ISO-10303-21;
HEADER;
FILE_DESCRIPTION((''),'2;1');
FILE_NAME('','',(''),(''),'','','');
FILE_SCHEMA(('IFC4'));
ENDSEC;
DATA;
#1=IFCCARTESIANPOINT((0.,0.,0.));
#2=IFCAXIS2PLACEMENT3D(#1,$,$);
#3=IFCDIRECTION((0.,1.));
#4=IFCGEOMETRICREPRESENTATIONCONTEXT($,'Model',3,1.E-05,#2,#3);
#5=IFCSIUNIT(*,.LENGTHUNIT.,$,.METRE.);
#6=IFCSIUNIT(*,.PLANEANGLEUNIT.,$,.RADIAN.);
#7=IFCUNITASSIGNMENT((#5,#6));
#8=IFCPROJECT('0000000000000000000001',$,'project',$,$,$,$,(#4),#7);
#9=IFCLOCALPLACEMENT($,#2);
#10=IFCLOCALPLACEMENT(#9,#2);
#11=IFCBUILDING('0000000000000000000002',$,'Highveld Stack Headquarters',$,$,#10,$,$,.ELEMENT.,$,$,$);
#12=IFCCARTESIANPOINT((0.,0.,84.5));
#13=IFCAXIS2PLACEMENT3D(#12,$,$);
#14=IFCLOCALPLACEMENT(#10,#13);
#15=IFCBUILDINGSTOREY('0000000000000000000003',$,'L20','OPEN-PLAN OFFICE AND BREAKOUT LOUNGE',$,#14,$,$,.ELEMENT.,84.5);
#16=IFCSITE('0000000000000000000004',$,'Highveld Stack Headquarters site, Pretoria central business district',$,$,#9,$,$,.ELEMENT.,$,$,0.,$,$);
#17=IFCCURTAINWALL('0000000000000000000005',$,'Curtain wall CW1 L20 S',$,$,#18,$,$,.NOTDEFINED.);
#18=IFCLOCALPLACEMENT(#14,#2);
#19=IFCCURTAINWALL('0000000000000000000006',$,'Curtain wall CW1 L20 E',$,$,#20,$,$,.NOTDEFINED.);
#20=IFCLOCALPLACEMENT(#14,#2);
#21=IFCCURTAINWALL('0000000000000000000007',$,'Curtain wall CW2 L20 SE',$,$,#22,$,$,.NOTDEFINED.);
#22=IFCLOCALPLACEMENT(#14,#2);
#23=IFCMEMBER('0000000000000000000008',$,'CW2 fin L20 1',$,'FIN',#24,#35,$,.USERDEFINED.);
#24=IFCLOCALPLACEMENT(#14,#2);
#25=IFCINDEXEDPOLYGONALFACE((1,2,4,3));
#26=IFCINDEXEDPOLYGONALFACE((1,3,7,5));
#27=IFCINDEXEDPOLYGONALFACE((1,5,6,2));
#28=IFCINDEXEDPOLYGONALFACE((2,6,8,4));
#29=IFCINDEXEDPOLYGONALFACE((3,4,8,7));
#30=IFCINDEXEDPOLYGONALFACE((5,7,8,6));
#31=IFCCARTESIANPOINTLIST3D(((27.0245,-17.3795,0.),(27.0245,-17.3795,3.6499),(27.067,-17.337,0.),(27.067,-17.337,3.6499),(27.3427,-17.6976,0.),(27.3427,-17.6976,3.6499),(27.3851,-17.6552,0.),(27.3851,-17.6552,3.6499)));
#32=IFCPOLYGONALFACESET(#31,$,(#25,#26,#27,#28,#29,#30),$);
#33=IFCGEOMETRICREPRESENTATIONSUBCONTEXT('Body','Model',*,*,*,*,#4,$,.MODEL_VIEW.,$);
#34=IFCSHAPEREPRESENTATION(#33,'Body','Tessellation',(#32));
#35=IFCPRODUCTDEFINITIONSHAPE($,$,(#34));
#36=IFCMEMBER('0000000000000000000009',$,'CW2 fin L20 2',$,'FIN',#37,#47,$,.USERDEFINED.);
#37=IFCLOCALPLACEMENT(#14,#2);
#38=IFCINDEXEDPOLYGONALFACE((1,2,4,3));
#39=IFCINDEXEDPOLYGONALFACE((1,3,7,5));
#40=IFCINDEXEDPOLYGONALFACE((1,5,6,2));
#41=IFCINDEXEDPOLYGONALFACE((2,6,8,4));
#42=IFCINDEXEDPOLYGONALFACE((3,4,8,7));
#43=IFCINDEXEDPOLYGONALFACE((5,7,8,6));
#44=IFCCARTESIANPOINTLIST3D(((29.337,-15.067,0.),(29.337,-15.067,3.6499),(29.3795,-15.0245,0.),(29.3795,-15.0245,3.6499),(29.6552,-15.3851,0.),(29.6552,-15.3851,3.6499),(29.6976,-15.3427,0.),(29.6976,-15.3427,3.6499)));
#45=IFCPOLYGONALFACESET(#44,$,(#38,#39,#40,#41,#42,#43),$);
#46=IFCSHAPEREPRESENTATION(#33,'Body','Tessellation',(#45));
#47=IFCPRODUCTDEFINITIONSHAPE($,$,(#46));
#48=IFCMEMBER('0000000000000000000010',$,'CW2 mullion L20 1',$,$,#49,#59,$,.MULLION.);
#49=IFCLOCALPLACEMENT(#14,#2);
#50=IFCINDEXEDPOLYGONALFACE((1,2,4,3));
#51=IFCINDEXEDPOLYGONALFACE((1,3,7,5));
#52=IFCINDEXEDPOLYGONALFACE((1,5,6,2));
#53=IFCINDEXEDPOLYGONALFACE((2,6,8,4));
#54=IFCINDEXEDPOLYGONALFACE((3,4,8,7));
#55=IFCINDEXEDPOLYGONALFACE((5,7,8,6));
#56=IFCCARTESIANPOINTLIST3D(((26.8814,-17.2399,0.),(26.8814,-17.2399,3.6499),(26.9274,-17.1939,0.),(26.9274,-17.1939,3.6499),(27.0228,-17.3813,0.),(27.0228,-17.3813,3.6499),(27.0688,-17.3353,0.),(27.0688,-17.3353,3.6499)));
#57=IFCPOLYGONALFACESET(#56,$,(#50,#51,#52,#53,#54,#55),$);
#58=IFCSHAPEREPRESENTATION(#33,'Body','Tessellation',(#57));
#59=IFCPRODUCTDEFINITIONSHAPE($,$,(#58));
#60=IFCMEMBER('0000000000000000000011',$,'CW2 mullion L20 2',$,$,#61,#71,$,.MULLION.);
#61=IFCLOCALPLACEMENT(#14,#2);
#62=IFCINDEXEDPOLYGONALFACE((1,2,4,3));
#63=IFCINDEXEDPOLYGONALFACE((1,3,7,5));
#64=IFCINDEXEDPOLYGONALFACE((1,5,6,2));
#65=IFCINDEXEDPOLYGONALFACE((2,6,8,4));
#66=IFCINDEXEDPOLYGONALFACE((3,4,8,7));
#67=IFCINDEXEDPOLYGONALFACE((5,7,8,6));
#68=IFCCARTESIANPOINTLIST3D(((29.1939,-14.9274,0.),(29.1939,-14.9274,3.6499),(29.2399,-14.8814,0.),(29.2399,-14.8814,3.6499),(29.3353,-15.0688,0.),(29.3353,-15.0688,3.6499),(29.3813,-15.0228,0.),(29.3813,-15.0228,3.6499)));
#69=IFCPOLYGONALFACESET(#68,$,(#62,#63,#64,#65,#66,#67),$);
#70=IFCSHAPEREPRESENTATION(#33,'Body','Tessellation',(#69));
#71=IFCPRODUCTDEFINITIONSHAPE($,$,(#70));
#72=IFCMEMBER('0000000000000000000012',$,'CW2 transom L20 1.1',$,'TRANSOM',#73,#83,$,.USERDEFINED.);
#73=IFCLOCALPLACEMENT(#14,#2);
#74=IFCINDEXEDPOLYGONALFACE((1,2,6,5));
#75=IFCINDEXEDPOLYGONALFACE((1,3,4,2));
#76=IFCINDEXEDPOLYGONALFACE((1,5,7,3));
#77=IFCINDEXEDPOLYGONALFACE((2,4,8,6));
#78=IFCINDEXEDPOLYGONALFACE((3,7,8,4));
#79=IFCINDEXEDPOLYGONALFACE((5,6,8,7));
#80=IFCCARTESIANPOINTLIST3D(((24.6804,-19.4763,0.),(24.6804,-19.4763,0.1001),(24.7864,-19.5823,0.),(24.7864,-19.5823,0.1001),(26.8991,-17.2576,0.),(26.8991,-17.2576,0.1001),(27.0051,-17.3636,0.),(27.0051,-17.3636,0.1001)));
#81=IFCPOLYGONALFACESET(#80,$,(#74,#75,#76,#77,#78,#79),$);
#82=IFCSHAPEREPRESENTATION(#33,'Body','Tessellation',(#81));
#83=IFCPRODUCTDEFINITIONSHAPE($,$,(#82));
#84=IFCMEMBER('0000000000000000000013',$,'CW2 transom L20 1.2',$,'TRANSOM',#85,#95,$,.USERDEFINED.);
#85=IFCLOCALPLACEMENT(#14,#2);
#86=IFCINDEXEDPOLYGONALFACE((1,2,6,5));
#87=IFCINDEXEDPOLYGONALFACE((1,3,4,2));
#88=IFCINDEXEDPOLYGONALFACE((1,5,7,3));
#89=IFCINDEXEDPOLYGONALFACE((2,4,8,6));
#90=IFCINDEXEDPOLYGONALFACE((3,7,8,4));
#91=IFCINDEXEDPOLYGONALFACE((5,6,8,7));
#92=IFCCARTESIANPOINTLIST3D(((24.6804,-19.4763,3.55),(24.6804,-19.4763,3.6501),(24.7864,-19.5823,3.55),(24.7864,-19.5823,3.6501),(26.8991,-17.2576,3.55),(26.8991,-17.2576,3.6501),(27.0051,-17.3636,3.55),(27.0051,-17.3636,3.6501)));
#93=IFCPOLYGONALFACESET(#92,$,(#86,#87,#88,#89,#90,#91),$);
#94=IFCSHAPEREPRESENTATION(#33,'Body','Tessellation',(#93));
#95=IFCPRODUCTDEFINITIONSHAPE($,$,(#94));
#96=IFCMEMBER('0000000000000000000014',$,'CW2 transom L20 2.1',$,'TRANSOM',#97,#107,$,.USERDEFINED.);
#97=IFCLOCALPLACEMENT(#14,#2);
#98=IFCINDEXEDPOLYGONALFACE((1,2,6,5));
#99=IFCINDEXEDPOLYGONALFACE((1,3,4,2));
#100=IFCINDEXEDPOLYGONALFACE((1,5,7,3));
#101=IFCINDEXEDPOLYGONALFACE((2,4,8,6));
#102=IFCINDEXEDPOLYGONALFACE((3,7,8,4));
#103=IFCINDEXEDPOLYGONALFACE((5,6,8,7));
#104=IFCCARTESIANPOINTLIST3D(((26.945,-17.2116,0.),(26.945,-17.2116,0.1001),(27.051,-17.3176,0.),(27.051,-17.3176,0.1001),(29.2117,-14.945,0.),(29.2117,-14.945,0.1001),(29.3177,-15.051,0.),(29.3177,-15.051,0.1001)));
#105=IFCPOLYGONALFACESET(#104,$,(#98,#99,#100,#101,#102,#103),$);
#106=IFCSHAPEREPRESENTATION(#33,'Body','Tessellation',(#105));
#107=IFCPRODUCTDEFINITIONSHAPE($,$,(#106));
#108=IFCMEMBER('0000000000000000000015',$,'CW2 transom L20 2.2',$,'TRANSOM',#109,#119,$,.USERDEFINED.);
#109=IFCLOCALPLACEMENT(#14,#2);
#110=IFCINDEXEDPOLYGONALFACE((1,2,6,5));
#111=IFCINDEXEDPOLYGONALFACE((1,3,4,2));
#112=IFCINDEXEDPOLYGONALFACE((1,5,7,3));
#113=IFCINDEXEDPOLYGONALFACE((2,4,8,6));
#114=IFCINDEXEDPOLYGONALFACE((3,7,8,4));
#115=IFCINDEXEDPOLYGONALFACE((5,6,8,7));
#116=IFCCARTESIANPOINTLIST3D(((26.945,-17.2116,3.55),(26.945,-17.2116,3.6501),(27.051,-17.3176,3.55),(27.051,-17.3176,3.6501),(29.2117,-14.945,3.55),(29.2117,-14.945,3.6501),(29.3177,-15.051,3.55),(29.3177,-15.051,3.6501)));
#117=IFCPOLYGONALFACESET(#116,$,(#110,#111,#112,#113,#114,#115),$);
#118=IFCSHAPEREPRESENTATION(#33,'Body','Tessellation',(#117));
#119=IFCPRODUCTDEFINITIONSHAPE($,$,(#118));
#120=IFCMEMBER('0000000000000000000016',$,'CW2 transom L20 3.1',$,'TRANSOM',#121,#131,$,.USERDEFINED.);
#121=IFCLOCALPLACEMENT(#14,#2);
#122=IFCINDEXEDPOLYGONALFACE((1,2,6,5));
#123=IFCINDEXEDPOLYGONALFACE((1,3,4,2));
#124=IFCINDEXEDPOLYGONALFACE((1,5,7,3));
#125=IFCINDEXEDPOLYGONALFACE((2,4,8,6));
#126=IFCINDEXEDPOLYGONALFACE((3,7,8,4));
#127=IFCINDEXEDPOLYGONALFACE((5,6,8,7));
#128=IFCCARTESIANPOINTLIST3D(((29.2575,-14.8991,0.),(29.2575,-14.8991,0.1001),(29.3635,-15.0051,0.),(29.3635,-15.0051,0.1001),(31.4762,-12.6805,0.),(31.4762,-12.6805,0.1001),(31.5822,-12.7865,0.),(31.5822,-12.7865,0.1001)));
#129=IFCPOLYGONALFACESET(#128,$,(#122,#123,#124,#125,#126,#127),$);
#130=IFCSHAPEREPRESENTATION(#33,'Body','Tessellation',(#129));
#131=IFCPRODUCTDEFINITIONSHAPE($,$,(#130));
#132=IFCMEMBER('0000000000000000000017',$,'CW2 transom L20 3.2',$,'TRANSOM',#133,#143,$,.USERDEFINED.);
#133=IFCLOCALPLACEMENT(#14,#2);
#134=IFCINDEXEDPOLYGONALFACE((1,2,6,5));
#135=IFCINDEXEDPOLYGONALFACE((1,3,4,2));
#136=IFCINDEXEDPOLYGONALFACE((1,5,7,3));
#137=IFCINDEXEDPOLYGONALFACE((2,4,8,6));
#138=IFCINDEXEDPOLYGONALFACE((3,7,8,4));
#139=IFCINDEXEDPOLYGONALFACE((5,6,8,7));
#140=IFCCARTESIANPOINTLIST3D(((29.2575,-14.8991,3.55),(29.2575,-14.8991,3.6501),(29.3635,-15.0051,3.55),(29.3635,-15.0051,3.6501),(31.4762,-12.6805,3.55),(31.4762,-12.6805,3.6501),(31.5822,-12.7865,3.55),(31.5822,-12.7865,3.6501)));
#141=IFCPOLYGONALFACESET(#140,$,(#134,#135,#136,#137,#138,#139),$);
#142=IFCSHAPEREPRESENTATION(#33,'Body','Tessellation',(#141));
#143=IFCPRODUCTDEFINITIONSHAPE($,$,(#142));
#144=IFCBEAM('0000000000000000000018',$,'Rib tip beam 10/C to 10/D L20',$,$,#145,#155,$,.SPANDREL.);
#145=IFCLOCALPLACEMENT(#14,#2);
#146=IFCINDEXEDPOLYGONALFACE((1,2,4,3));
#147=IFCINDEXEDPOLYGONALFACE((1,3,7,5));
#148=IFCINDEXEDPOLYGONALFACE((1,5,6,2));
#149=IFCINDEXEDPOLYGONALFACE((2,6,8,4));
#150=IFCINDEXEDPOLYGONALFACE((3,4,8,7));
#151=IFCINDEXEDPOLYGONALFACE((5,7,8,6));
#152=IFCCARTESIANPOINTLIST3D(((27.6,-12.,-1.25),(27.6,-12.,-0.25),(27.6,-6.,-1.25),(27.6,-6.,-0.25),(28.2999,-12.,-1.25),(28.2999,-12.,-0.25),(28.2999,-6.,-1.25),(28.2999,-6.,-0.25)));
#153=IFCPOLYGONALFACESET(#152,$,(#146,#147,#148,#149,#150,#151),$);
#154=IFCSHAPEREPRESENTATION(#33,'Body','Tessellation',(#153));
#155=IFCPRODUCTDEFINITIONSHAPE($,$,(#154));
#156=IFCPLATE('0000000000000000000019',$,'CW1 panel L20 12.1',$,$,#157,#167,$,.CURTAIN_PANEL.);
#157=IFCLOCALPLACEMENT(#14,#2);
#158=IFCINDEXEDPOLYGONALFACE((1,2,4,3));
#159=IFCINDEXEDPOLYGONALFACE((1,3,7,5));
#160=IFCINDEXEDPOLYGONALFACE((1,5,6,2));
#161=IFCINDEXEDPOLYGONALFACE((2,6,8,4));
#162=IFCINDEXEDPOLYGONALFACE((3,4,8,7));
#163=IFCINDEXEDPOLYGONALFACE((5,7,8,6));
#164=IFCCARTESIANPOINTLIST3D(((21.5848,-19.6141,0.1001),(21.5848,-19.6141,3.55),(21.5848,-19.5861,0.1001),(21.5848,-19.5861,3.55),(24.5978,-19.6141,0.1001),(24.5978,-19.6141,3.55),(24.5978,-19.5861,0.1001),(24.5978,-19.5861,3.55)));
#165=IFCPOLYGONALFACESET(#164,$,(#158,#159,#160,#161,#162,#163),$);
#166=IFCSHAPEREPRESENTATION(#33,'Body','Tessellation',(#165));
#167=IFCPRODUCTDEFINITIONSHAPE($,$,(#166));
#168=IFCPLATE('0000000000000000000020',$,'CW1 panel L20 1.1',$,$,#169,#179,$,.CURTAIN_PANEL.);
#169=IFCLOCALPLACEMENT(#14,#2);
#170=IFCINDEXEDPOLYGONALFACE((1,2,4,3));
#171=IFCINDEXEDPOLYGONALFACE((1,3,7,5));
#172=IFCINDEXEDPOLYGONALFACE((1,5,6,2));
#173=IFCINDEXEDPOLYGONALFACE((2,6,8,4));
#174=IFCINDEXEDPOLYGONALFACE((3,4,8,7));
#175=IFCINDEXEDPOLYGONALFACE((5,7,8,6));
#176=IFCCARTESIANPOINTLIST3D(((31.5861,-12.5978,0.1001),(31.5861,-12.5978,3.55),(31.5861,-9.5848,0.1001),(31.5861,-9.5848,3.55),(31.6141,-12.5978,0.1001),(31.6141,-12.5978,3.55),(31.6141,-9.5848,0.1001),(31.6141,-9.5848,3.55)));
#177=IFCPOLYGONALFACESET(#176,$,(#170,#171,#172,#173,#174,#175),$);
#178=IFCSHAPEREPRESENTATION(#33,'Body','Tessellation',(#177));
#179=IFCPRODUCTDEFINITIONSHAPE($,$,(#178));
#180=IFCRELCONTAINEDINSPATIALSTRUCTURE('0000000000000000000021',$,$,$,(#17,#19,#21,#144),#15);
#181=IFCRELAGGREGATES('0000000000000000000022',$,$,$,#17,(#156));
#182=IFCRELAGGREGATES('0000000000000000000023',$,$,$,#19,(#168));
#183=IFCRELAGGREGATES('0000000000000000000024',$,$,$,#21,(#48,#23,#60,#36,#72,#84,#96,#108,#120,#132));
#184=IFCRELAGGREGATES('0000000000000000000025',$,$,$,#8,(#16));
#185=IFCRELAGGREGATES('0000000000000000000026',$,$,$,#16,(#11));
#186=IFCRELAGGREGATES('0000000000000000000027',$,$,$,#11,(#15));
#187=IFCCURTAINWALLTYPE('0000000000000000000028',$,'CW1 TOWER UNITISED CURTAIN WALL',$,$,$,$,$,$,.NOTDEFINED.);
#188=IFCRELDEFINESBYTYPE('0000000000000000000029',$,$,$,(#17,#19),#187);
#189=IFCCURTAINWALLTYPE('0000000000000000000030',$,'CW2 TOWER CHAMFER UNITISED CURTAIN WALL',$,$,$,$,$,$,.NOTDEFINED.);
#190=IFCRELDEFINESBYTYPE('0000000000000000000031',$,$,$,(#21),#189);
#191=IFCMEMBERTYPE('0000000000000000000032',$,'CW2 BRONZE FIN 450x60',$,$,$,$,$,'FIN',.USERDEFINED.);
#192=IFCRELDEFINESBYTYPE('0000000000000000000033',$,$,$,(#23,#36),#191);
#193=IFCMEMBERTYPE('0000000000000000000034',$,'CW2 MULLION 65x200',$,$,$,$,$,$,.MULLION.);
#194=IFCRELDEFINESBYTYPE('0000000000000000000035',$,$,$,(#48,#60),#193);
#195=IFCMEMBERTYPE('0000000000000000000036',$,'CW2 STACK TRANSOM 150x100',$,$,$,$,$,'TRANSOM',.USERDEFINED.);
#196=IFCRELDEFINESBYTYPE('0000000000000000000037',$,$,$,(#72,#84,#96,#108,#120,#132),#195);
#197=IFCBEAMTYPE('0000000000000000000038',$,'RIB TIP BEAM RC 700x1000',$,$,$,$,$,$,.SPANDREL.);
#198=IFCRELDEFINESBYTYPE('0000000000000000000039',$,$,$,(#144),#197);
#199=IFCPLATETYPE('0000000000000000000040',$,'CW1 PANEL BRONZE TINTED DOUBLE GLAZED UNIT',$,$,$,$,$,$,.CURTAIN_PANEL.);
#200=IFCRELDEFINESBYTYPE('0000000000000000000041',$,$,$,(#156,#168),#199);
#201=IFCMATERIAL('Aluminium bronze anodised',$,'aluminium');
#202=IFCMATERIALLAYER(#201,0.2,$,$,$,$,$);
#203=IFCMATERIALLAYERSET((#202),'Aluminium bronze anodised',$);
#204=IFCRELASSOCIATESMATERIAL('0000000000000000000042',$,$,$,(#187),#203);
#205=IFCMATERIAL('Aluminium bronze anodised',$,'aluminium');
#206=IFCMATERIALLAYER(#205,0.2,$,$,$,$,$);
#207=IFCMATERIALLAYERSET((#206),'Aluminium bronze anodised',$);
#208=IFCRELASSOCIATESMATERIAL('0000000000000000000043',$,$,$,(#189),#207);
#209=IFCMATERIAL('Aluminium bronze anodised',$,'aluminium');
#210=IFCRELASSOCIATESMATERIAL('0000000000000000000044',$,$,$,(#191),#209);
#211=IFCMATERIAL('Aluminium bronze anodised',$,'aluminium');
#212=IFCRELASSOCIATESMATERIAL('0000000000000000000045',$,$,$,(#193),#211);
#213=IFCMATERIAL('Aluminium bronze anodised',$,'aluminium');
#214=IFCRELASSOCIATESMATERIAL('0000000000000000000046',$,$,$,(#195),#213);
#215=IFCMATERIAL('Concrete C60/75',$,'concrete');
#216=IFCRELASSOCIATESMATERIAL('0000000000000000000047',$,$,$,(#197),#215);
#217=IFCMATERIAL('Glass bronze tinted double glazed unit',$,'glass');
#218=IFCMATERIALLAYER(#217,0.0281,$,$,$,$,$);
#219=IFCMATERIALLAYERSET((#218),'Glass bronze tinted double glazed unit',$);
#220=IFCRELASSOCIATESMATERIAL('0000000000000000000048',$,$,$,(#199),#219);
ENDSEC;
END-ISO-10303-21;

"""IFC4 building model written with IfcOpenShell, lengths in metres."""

from ifc_helpers import new_model, si_unit, direction, frame, origin, origin_2d, place, context, subcontext, project, spatial, rectangle, extrude, material, layer, layer_set, material_profile, profile_set, type_object, element, aggregate, save


model = new_model("IFC4")

# Units and contexts
model_context = context("Model", 3, precision=1e-05, world=origin(), true_north=direction((0.0, 1.0)))
body_context = subcontext(model_context, "Body", "Model", "MODEL_VIEW")
ifc_project = project(units=[si_unit("LENGTHUNIT", "METRE"), si_unit("PLANEANGLEUNIT", "RADIAN")], contexts=[model_context])

# Site, building, storey
site_placement = place(None, origin())
site = spatial("IfcSite", under=ifc_project, at=site_placement, Name="Highveld Stack Headquarters site, Pretoria central business district", CompositionType="ELEMENT", RefElevation=0.0)
building_placement = place(site_placement, origin())
building = spatial("IfcBuilding", under=site, at=building_placement, Name="Highveld Stack Headquarters", CompositionType="ELEMENT")
storey_placement = place(building_placement, frame((0.0, 0.0, 84.5)))
storey = spatial("IfcBuildingStorey", under=building, at=storey_placement, Name="L20", Description="OPEN-PLAN OFFICE AND BREAKOUT LOUNGE", CompositionType="ELEMENT", Elevation=84.5)

# Curtain wall
ifc_material_1 = material(Name="Aluminium bronze anodised", Category="aluminium")
ifc_layer_1 = layer(ifc_material_1, 0.2)
ifc_layer_set_1 = layer_set([ifc_layer_1], Name="Aluminium bronze anodised")
curtain_wall_type_1 = type_object("IfcCurtainWallType", Name="CW1 TOWER UNITISED CURTAIN WALL", PredefinedType="NOTDEFINED", material=ifc_layer_set_1)
curtain_wall_1_placement = place(storey_placement, origin())
curtain_wall_1 = element("IfcCurtainWall", 1, at=curtain_wall_1_placement, inside=storey, type_object=curtain_wall_type_1, Name="Curtain wall CW1 L20 S", PredefinedType="NOTDEFINED")

# Curtain wall
curtain_wall_2_placement = place(storey_placement, origin())
curtain_wall_2 = element("IfcCurtainWall", 2, at=curtain_wall_2_placement, inside=storey, type_object=curtain_wall_type_1, Name="Curtain wall CW1 L20 E", PredefinedType="NOTDEFINED")

# Curtain wall, members
ifc_material_2 = material(Name="Aluminium bronze anodised", Category="aluminium")
ifc_layer_2 = layer(ifc_material_2, 0.2)
ifc_layer_set_2 = layer_set([ifc_layer_2], Name="Aluminium bronze anodised")
curtain_wall_type_2 = type_object("IfcCurtainWallType", Name="CW2 TOWER CHAMFER UNITISED CURTAIN WALL", PredefinedType="NOTDEFINED", material=ifc_layer_set_2)
curtain_wall_3_placement = place(storey_placement, origin())
curtain_wall_3 = element("IfcCurtainWall", 3, at=curtain_wall_3_placement, inside=storey, type_object=curtain_wall_type_2, Name="Curtain wall CW2 L20 SE", PredefinedType="NOTDEFINED")
ifc_material_3 = material(Name="Aluminium bronze anodised", Category="aluminium")
ifc_material_profile_1 = material_profile(ifc_material_3, rectangle(XDim=0.45, YDim=0.0601, at=origin_2d()), Name="FIN 450x60")
ifc_profile_set_1 = profile_set([ifc_material_profile_1], Name="Aluminium bronze anodised")
member_type_1 = type_object("IfcMemberType", Name="CW2 BRONZE FIN 450x60", ElementType="FIN", PredefinedType="USERDEFINED", material=ifc_profile_set_1)
member_1_placement = place(storey_placement, frame((27.2048, -17.5173, 0.0), z_axis=(0.0, 0.0, 1.0), x_axis=(-0.707107, 0.707107, 0.0)))
member_1 = element("IfcMember", 4, at=member_1_placement, type_object=member_type_1, Name="CW2 fin L20 1", ObjectType="FIN", PredefinedType="USERDEFINED", context=body_context, shape_type="SweptSolid", body=[
    extrude(rectangle(XDim=0.45, YDim=0.0601, at=origin_2d()), origin(), (0.0, 0.0, 1.0), 3.6499),
])
member_2_placement = place(storey_placement, frame((29.5173, -15.2048, 0.0), z_axis=(0.0, 0.0, 1.0), x_axis=(-0.707107, 0.707107, 0.0)))
member_2 = element("IfcMember", 5, at=member_2_placement, type_object=member_type_1, Name="CW2 fin L20 2", ObjectType="FIN", PredefinedType="USERDEFINED", context=body_context, shape_type="SweptSolid", body=[
    extrude(rectangle(XDim=0.45, YDim=0.0601, at=origin_2d()), origin(), (0.0, 0.0, 1.0), 3.6499),
])
ifc_material_4 = material(Name="Aluminium bronze anodised", Category="aluminium")
ifc_material_profile_2 = material_profile(ifc_material_4, rectangle(XDim=0.2, YDim=0.0649, at=origin_2d()), Name="CW2 MULLION 65x200")
ifc_profile_set_2 = profile_set([ifc_material_profile_2], Name="Aluminium bronze anodised")
member_type_2 = type_object("IfcMemberType", Name="CW2 MULLION 65x200", PredefinedType="MULLION", material=ifc_profile_set_2)
member_3_placement = place(storey_placement, frame((26.9751, -17.2876, 0.0), z_axis=(0.0, 0.0, 1.0), x_axis=(-0.707107, 0.707107, 0.0)))
member_3 = element("IfcMember", 6, at=member_3_placement, type_object=member_type_2, Name="CW2 mullion L20 1", PredefinedType="MULLION", context=body_context, shape_type="SweptSolid", body=[
    extrude(rectangle(XDim=0.2, YDim=0.0649, at=origin_2d()), origin(), (0.0, 0.0, 1.0), 3.6499),
])
member_4_placement = place(storey_placement, frame((29.2876, -14.9751, 0.0), z_axis=(0.0, 0.0, 1.0), x_axis=(-0.707107, 0.707107, 0.0)))
member_4 = element("IfcMember", 7, at=member_4_placement, type_object=member_type_2, Name="CW2 mullion L20 2", PredefinedType="MULLION", context=body_context, shape_type="SweptSolid", body=[
    extrude(rectangle(XDim=0.2, YDim=0.0649, at=origin_2d()), origin(), (0.0, 0.0, 1.0), 3.6499),
])
ifc_material_5 = material(Name="Aluminium bronze anodised", Category="aluminium")
ifc_material_profile_3 = material_profile(ifc_material_5, rectangle(XDim=0.1499, YDim=0.1001, at=origin_2d()), Name="CW2 TRANSOM 150x100")
ifc_profile_set_3 = profile_set([ifc_material_profile_3], Name="Aluminium bronze anodised")
member_type_3 = type_object("IfcMemberType", Name="CW2 STACK TRANSOM 150x100", ElementType="TRANSOM", PredefinedType="USERDEFINED", material=ifc_profile_set_3)
member_5_placement = place(storey_placement, frame((24.7334, -19.5293, 0.05), z_axis=(0.707107, 0.707107, 0.0), x_axis=(-0.707107, 0.707107, 0.0)))
member_5 = element("IfcMember", 8, at=member_5_placement, type_object=member_type_3, Name="CW2 transom L20 1.1", ObjectType="TRANSOM", PredefinedType="USERDEFINED", context=body_context, shape_type="SweptSolid", body=[
    extrude(rectangle(XDim=0.1499, YDim=0.1001, at=origin_2d()), origin(), (0.0, 0.0, 1.0), 3.1377),
])
member_6_placement = place(storey_placement, frame((24.7334, -19.5293, 3.6001), z_axis=(0.707107, 0.707107, 0.0), x_axis=(-0.707107, 0.707107, 0.0)))
member_6 = element("IfcMember", 9, at=member_6_placement, type_object=member_type_3, Name="CW2 transom L20 1.2", ObjectType="TRANSOM", PredefinedType="USERDEFINED", context=body_context, shape_type="SweptSolid", body=[
    extrude(rectangle(XDim=0.1499, YDim=0.1001, at=origin_2d()), origin(), (0.0, 0.0, 1.0), 3.1377),
])
member_7_placement = place(storey_placement, frame((26.998, -17.2646, 0.05), z_axis=(0.707107, 0.707107, 0.0), x_axis=(-0.707107, 0.707107, 0.0)))
member_7 = element("IfcMember", 10, at=member_7_placement, type_object=member_type_3, Name="CW2 transom L20 2.1", ObjectType="TRANSOM", PredefinedType="USERDEFINED", context=body_context, shape_type="SweptSolid", body=[
    extrude(rectangle(XDim=0.1499, YDim=0.1001, at=origin_2d()), origin(), (0.0, 0.0, 1.0), 3.2056),
])
member_8_placement = place(storey_placement, frame((26.998, -17.2646, 3.6001), z_axis=(0.707107, 0.707107, 0.0), x_axis=(-0.707107, 0.707107, 0.0)))
member_8 = element("IfcMember", 11, at=member_8_placement, type_object=member_type_3, Name="CW2 transom L20 2.2", ObjectType="TRANSOM", PredefinedType="USERDEFINED", context=body_context, shape_type="SweptSolid", body=[
    extrude(rectangle(XDim=0.1499, YDim=0.1001, at=origin_2d()), origin(), (0.0, 0.0, 1.0), 3.2056),
])
member_9_placement = place(storey_placement, frame((29.3105, -14.9521, 0.05), z_axis=(0.707107, 0.707107, 0.0), x_axis=(-0.707107, 0.707107, 0.0)))
member_9 = element("IfcMember", 12, at=member_9_placement, type_object=member_type_3, Name="CW2 transom L20 3.1", ObjectType="TRANSOM", PredefinedType="USERDEFINED", context=body_context, shape_type="SweptSolid", body=[
    extrude(rectangle(XDim=0.1499, YDim=0.1001, at=origin_2d()), origin(), (0.0, 0.0, 1.0), 3.1377),
])
member_10_placement = place(storey_placement, frame((29.3105, -14.9521, 3.6001), z_axis=(0.707107, 0.707107, 0.0), x_axis=(-0.707107, 0.707107, 0.0)))
member_10 = element("IfcMember", 13, at=member_10_placement, type_object=member_type_3, Name="CW2 transom L20 3.2", ObjectType="TRANSOM", PredefinedType="USERDEFINED", context=body_context, shape_type="SweptSolid", body=[
    extrude(rectangle(XDim=0.1499, YDim=0.1001, at=origin_2d()), origin(), (0.0, 0.0, 1.0), 3.1377),
])

# Beam
ifc_material_6 = material(Name="Concrete C60/75", Category="concrete")
ifc_material_profile_4 = material_profile(ifc_material_6, rectangle(XDim=0.7, YDim=1.0, at=origin_2d()), Name="RC 700x1000")
ifc_profile_set_4 = profile_set([ifc_material_profile_4], Name="Concrete C60/75")
beam_type_1 = type_object("IfcBeamType", Name="RIB TIP BEAM RC 700x1000", PredefinedType="SPANDREL", material=ifc_profile_set_4)
beam_1_placement = place(storey_placement, frame((27.95, -12.0, -0.75), z_axis=(0.0, 1.0, 0.0), x_axis=(-1.0, 0.0, 0.0)))
element("IfcBeam", 14, at=beam_1_placement, inside=storey, type_object=beam_type_1, Name="Rib tip beam 10/C to 10/D L20", PredefinedType="SPANDREL", context=body_context, shape_type="SweptSolid", body=[
    extrude(rectangle(XDim=0.7, YDim=1.0, at=origin_2d()), origin(), (0.0, 0.0, 1.0), 6.0),
])

# Plates
ifc_material_7 = material(Name="Glass bronze tinted double glazed unit", Category="glass")
ifc_layer_3 = layer(ifc_material_7, 0.0281)
ifc_layer_set_3 = layer_set([ifc_layer_3], Name="Glass bronze tinted double glazed unit")
plate_type_1 = type_object("IfcPlateType", Name="CW1 PANEL BRONZE TINTED DOUBLE GLAZED UNIT", PredefinedType="CURTAIN_PANEL", material=ifc_layer_set_3)
plate_1_placement = place(storey_placement, frame((23.0913, -19.6001, 0.1001), z_axis=(0.0, 0.0, 1.0), x_axis=(1.0, 0.0, 0.0)))
plate_1 = element("IfcPlate", 15, at=plate_1_placement, type_object=plate_type_1, Name="CW1 panel L20 12.1", PredefinedType="CURTAIN_PANEL", context=body_context, shape_type="SweptSolid", body=[
    extrude(rectangle(XDim=3.0129, YDim=0.0281, at=origin_2d()), origin(), (0.0, 0.0, 1.0), 3.45),
])
aggregate(curtain_wall_1, [plate_1])
plate_2_placement = place(storey_placement, frame((31.6001, -11.0913, 0.1001), z_axis=(0.0, 0.0, 1.0), x_axis=(0.0, 1.0, 0.0)))
plate_2 = element("IfcPlate", 16, at=plate_2_placement, type_object=plate_type_1, Name="CW1 panel L20 1.1", PredefinedType="CURTAIN_PANEL", context=body_context, shape_type="SweptSolid", body=[
    extrude(rectangle(XDim=3.0129, YDim=0.0281, at=origin_2d()), origin(), (0.0, 0.0, 1.0), 3.45),
])
aggregate(curtain_wall_2, [plate_2])
aggregate(curtain_wall_3, [member_3, member_1, member_4, member_2, member_5, member_6, member_7, member_8, member_9, member_10])

save(model, "model.ifc")
